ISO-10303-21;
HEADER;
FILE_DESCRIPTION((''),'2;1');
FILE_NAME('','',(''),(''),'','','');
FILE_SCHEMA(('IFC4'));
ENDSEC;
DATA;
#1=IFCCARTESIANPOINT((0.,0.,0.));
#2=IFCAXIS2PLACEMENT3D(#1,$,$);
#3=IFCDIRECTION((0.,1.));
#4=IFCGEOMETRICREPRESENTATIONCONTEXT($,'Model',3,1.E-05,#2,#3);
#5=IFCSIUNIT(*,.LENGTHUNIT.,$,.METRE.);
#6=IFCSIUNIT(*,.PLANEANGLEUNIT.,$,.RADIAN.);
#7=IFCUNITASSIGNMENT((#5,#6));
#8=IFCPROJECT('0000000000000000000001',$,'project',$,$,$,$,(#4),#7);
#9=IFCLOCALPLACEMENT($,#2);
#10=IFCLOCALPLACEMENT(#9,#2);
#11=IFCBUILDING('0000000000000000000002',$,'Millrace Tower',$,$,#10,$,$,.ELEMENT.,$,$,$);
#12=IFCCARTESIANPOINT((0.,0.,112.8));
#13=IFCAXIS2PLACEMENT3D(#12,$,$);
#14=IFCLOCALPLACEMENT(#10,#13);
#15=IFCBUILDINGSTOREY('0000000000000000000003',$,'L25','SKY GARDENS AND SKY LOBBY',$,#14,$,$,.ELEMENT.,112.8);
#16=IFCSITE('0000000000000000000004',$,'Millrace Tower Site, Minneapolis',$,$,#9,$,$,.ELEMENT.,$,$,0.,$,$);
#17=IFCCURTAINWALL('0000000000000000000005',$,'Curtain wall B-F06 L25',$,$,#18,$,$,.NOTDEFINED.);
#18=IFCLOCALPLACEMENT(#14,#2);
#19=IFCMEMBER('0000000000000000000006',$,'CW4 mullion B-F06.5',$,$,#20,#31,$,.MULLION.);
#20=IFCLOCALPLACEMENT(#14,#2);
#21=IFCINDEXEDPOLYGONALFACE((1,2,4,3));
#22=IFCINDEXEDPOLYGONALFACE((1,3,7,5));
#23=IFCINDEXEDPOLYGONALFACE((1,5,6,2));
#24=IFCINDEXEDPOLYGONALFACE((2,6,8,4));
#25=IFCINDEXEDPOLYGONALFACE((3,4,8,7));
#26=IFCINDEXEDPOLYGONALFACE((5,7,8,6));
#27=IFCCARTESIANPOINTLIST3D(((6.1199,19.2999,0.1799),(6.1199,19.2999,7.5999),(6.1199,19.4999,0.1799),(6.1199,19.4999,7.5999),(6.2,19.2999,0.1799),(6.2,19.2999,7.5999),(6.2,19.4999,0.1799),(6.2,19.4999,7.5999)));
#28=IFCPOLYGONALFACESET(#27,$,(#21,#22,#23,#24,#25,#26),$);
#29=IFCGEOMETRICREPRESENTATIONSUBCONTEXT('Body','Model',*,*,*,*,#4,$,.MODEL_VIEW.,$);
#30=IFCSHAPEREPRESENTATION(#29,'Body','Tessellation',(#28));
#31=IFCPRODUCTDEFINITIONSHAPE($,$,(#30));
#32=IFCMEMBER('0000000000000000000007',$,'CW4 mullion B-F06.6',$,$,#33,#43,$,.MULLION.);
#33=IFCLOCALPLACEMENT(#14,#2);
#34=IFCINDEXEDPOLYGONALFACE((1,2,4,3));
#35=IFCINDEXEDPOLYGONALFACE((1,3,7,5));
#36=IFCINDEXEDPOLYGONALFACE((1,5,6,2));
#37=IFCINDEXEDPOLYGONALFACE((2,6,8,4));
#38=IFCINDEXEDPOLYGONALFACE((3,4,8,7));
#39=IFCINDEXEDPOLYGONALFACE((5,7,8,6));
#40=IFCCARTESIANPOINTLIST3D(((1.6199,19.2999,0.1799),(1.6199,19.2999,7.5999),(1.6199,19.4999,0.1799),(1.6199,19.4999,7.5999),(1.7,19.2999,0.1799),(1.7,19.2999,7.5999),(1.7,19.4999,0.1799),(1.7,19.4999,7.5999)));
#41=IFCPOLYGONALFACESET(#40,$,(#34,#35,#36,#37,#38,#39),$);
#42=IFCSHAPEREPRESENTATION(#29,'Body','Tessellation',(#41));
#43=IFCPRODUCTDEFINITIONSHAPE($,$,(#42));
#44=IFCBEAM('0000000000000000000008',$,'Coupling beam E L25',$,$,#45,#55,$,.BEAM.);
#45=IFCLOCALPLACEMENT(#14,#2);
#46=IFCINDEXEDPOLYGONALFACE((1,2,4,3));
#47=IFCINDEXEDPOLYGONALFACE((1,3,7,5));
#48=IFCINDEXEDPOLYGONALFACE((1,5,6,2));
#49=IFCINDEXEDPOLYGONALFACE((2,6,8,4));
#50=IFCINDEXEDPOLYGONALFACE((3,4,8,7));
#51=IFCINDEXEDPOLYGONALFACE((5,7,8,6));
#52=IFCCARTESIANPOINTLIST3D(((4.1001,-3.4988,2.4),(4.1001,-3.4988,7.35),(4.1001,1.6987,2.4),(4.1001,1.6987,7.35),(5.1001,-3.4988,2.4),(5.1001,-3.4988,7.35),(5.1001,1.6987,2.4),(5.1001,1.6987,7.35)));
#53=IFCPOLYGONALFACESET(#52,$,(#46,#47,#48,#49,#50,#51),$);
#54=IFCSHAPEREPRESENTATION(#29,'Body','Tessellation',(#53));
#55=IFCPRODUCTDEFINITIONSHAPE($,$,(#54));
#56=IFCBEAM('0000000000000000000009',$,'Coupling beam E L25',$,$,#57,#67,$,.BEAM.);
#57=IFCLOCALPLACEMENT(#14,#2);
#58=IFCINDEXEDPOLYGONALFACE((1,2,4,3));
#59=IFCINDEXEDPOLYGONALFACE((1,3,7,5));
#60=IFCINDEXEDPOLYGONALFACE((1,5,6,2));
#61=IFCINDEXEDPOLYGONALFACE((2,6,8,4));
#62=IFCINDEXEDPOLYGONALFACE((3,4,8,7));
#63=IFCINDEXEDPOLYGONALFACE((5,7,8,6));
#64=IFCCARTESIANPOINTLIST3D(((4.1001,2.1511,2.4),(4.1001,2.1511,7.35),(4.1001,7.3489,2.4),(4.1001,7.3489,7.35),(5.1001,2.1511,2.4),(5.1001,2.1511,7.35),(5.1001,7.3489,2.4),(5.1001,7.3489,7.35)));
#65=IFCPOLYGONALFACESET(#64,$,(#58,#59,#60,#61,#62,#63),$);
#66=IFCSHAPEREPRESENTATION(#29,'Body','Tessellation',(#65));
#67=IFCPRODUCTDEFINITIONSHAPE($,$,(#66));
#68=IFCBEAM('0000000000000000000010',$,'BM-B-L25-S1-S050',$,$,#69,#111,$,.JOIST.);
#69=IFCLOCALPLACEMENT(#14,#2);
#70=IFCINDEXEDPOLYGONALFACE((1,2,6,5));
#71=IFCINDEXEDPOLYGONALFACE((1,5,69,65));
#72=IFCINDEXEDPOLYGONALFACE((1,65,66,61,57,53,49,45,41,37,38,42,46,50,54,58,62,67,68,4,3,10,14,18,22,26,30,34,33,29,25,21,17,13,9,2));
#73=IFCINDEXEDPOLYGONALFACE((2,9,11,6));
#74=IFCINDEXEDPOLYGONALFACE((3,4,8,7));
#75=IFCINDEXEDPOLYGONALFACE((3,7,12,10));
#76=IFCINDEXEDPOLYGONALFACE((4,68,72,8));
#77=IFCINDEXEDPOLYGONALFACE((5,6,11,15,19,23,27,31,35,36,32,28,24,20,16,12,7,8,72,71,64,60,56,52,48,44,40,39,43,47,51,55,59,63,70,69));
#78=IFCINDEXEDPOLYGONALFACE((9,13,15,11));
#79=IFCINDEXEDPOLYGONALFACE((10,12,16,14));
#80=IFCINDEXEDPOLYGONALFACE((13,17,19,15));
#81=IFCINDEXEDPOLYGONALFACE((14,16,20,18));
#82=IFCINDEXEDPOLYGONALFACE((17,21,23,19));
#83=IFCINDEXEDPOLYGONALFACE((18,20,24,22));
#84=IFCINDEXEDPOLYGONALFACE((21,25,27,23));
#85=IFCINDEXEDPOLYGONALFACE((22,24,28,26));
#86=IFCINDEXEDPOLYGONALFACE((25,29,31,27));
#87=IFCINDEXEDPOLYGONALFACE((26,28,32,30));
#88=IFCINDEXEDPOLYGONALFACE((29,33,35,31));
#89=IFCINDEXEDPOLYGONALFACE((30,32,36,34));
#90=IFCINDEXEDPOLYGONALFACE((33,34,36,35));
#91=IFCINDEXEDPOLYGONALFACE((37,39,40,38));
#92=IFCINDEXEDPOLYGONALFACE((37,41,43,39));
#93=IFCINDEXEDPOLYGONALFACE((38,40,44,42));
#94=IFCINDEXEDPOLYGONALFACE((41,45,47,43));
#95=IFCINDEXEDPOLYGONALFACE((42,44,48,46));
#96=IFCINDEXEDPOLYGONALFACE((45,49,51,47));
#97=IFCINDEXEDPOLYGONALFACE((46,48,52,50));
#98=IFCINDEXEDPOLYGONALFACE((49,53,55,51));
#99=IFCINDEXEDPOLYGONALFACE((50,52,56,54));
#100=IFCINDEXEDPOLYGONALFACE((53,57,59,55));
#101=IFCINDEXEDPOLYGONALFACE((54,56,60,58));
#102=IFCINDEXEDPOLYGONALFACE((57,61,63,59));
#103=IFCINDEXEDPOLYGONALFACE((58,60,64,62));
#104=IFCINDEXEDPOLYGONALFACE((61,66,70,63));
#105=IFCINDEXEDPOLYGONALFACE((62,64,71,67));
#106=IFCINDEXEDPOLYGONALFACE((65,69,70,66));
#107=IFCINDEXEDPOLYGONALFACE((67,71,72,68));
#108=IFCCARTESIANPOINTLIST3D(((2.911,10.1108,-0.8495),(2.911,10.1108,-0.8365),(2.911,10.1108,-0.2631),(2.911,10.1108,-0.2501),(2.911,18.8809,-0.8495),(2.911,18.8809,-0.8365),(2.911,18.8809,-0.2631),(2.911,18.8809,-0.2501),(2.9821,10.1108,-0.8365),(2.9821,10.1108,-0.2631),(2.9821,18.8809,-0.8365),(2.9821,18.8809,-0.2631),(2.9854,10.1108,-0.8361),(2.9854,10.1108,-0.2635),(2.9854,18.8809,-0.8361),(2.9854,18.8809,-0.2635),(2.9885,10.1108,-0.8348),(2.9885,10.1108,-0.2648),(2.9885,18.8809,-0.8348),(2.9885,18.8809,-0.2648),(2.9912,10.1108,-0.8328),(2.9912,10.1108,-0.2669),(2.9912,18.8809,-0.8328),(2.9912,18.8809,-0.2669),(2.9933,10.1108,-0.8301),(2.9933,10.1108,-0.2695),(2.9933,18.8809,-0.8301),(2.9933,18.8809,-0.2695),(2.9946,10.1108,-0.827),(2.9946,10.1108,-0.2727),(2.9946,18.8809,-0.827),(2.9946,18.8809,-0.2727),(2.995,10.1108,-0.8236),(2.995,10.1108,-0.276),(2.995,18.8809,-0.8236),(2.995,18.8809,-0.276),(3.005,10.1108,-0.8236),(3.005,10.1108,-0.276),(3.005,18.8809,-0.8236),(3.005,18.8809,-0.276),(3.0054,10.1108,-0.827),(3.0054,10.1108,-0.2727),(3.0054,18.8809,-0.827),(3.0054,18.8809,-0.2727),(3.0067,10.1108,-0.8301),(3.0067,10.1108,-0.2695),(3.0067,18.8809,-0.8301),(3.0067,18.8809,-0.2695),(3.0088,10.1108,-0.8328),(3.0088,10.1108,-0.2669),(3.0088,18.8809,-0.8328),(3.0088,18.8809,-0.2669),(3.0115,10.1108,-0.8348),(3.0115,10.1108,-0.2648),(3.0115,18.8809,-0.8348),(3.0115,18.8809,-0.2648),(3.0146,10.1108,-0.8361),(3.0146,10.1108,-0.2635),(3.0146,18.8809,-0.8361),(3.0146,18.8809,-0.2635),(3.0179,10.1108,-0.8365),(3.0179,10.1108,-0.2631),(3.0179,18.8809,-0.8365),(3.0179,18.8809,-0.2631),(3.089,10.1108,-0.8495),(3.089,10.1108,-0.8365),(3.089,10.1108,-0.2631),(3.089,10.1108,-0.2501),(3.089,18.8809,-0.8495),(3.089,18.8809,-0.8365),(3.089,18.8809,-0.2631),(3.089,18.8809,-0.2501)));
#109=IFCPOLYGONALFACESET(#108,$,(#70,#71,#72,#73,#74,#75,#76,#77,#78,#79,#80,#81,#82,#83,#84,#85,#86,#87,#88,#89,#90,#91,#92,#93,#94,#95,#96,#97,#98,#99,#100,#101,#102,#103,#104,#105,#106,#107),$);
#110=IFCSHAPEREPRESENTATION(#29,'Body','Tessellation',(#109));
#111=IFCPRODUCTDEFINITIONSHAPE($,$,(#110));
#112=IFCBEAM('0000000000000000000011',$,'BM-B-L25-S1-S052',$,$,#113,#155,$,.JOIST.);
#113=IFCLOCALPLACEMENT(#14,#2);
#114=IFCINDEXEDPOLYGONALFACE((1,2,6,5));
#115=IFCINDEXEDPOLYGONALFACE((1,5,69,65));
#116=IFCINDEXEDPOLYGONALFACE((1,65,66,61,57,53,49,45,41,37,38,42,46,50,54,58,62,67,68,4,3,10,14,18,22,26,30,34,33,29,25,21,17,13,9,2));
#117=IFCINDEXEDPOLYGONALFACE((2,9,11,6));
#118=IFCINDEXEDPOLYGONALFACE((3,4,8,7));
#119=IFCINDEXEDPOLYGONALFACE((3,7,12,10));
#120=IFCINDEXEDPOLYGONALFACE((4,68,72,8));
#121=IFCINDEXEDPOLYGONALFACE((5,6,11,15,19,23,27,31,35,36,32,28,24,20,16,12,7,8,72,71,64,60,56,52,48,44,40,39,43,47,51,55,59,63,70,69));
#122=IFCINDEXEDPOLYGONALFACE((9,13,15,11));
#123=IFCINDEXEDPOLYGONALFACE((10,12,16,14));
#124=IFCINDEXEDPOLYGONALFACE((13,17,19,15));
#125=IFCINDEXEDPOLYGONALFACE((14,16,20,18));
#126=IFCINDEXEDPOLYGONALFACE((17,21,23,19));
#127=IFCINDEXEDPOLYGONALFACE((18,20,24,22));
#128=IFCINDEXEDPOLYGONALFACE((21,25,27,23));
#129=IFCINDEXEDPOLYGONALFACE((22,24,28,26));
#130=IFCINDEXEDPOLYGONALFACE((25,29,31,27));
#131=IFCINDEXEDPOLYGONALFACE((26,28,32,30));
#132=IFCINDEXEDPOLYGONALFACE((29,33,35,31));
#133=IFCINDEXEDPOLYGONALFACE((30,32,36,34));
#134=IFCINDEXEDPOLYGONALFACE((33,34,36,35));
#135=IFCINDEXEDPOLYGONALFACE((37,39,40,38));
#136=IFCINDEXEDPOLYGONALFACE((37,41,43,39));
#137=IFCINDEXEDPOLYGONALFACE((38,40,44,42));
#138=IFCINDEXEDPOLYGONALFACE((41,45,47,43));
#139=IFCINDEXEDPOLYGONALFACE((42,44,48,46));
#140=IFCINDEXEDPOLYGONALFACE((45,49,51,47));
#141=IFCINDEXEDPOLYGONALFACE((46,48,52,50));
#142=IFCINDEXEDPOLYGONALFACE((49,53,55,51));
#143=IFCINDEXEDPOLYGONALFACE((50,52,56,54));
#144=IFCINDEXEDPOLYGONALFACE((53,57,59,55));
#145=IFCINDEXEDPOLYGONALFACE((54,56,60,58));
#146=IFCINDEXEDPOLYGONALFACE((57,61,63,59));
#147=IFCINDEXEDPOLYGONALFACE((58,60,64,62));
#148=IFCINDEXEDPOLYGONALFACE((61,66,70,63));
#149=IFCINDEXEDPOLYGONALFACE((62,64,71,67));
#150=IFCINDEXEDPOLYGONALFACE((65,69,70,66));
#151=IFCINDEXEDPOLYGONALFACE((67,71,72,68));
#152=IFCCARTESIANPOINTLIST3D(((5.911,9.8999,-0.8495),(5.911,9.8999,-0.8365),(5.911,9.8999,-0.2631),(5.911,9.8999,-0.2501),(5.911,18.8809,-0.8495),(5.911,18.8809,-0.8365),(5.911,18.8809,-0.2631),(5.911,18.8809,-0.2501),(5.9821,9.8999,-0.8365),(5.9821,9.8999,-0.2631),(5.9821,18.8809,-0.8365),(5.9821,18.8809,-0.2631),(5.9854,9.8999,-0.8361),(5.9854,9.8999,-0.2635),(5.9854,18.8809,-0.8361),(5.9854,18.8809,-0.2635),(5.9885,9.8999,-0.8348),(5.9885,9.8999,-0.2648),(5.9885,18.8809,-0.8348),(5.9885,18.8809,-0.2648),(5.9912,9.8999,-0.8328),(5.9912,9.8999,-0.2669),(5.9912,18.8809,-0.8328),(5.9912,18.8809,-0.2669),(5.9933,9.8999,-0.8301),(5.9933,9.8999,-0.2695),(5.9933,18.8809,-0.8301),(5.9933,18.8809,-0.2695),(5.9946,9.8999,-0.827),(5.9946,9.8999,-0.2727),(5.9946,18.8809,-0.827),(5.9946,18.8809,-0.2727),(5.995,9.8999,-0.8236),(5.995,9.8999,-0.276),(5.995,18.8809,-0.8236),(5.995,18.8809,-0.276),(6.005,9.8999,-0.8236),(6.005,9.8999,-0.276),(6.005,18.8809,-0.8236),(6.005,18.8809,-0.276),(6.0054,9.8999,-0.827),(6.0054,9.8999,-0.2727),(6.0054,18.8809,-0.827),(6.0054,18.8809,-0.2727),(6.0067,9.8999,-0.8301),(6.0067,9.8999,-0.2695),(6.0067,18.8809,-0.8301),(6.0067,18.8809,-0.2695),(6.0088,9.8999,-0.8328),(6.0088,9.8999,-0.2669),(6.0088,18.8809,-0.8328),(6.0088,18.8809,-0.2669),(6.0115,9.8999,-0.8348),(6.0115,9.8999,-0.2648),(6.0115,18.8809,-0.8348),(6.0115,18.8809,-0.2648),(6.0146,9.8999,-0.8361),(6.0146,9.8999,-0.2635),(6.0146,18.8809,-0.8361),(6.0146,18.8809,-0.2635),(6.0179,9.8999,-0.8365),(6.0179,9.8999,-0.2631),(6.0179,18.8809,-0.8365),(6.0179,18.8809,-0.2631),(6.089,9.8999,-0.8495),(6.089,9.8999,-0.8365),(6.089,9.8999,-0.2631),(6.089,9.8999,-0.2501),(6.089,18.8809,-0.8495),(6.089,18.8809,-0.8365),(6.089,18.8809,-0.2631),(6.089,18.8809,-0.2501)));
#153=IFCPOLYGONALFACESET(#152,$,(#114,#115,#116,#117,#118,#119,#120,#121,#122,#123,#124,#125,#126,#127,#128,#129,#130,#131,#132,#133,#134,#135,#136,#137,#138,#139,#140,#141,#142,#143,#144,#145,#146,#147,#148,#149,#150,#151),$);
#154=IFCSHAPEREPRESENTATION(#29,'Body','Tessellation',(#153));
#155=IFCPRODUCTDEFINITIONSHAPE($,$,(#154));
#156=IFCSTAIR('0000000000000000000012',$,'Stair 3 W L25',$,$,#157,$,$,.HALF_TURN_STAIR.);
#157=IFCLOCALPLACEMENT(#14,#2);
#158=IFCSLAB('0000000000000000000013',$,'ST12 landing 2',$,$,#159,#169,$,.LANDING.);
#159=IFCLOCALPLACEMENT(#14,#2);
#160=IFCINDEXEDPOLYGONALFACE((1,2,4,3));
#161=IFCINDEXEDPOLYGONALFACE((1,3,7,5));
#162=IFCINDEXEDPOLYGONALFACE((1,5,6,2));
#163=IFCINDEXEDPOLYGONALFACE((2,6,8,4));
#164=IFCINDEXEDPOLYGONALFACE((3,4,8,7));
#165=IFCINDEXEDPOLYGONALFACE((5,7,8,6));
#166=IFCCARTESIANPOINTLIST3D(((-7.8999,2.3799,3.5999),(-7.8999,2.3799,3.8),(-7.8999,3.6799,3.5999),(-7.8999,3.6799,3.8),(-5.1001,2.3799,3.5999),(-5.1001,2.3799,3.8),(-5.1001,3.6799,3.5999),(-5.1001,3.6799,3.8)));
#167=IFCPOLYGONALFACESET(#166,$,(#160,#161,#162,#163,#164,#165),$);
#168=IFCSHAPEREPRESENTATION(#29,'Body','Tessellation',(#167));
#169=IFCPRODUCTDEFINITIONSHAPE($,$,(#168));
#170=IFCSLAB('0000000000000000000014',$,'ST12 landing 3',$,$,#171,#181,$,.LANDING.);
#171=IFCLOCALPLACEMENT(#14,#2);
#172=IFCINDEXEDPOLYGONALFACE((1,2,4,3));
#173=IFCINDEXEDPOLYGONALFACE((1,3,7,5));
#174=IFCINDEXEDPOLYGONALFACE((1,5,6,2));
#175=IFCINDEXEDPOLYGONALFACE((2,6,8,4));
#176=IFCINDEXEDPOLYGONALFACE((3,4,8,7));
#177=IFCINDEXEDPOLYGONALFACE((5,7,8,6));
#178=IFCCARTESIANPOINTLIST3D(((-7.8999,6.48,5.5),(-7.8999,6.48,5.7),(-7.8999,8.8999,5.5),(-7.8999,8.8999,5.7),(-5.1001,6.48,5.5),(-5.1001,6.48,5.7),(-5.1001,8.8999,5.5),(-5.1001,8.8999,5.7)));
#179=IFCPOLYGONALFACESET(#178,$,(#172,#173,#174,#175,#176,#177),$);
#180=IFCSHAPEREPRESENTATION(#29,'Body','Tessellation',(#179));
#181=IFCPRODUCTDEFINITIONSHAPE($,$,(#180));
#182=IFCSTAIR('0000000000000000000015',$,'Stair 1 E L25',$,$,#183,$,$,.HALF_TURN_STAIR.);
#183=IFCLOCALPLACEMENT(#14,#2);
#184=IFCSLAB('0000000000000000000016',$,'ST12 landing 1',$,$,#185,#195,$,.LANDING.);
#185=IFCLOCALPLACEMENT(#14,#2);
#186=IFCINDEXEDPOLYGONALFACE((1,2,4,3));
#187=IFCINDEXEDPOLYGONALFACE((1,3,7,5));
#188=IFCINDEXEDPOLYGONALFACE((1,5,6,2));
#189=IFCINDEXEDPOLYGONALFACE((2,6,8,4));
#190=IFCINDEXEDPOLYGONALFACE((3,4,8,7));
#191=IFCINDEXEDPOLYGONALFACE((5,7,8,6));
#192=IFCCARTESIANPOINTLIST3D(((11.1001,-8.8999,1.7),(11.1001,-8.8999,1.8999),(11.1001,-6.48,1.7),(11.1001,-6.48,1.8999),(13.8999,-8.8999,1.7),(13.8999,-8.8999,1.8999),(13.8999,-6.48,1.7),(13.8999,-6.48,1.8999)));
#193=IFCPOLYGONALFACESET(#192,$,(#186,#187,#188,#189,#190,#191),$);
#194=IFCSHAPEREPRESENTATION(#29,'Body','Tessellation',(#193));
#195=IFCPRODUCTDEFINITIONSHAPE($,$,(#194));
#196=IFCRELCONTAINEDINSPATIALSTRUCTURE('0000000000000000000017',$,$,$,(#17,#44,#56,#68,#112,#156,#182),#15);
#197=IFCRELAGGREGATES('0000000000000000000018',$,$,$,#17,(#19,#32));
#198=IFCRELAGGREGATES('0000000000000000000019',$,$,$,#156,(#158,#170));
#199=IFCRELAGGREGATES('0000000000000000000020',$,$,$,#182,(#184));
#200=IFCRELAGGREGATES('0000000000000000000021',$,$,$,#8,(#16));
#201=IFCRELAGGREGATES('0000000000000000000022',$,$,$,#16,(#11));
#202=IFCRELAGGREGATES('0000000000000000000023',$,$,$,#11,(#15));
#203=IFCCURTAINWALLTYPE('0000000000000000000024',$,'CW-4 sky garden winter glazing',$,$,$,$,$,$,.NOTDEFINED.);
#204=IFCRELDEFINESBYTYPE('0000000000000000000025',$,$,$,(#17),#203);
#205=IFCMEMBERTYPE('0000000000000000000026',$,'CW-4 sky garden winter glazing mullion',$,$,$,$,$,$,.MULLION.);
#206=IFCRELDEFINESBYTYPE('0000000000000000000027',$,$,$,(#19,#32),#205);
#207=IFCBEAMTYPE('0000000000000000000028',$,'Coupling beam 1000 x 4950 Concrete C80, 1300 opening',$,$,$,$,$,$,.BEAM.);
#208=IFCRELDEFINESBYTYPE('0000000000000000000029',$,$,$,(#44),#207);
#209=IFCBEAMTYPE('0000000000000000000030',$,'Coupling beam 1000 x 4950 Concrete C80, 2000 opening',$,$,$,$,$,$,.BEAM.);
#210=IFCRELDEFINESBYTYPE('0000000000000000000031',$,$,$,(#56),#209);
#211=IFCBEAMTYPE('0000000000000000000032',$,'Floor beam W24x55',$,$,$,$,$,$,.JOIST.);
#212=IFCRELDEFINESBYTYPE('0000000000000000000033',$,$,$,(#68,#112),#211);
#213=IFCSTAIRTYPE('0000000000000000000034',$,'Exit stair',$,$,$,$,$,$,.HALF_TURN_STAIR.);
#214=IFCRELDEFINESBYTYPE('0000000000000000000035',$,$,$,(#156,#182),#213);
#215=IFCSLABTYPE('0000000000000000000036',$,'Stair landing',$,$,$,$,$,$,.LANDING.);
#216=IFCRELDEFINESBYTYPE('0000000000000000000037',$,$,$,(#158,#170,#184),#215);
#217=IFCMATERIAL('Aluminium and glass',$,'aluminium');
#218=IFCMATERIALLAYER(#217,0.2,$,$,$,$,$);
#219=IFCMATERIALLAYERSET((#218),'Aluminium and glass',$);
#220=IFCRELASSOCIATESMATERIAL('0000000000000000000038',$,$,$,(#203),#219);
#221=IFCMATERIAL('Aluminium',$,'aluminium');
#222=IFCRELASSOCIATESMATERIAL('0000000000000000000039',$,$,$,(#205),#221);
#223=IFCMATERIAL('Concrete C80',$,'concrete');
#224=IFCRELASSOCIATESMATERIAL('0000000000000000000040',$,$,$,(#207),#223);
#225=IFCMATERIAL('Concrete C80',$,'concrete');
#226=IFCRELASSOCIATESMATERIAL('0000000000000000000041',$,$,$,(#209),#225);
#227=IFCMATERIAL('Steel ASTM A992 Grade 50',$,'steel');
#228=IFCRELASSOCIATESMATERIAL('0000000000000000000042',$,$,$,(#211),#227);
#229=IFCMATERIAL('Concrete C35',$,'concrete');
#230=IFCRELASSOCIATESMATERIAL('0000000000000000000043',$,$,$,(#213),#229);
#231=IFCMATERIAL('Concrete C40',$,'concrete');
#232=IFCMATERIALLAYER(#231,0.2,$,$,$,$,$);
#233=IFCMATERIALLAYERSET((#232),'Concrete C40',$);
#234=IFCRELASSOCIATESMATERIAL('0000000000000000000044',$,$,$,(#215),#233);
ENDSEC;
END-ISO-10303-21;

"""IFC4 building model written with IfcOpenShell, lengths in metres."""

from ifc_helpers import new_model, si_unit, direction, frame, origin, origin_2d, place, context, subcontext, project, spatial, polyline, rectangle, i_section, outline, extrude, material, layer, layer_set, material_profile, profile_set, type_object, element, aggregate, save


model = new_model("IFC4")

# Units and contexts
model_context = context("Model", 3, precision=1e-05, world=origin(), true_north=direction((0.0, 1.0)))
body_context = subcontext(model_context, "Body", "Model", "MODEL_VIEW")
ifc_project = project(units=[si_unit("LENGTHUNIT", "METRE"), si_unit("PLANEANGLEUNIT", "RADIAN")], contexts=[model_context])

# Site, building, storey
site_placement = place(None, origin())
site = spatial("IfcSite", under=ifc_project, at=site_placement, Name="Millrace Tower Site, Minneapolis", CompositionType="ELEMENT", RefElevation=0.0)
building_placement = place(site_placement, origin())
building = spatial("IfcBuilding", under=site, at=building_placement, Name="Millrace Tower", CompositionType="ELEMENT")
storey_placement = place(building_placement, frame((0.0, 0.0, 112.8)))
storey = spatial("IfcBuildingStorey", under=building, at=storey_placement, Name="L25", Description="SKY GARDENS AND SKY LOBBY", CompositionType="ELEMENT", Elevation=112.8)

# Curtain wall, members
ifc_material_1 = material(Name="Aluminium and glass", Category="aluminium")
ifc_layer_1 = layer(ifc_material_1, 0.2)
ifc_layer_set_1 = layer_set([ifc_layer_1], Name="Aluminium and glass")
curtain_wall_type = type_object("IfcCurtainWallType", Name="CW-4 sky garden winter glazing", PredefinedType="NOTDEFINED", material=ifc_layer_set_1)
placement_1 = place(storey_placement, origin())
curtain_wall = element("IfcCurtainWall", 1, at=placement_1, inside=storey, type_object=curtain_wall_type, Name="Curtain wall B-F06 L25", PredefinedType="NOTDEFINED")
ifc_material_2 = material(Name="Aluminium", Category="aluminium")
ifc_material_profile_1 = material_profile(ifc_material_2, rectangle(XDim=0.0801, YDim=0.2, at=origin_2d()))
ifc_profile_set_1 = profile_set([ifc_material_profile_1], Name="Aluminium")
member_type = type_object("IfcMemberType", Name="CW-4 sky garden winter glazing mullion", PredefinedType="MULLION", material=ifc_profile_set_1)
member_1_placement = place(storey_placement, frame((6.1599, 19.3999, 0.1799), z_axis=(0.0, 0.0, 1.0), x_axis=(-1.0, 0.0, 0.0)))
member_1 = element("IfcMember", 2, at=member_1_placement, type_object=member_type, Name="CW4 mullion B-F06.5", PredefinedType="MULLION", context=body_context, shape_type="SweptSolid", body=[
    extrude(rectangle(XDim=0.0801, YDim=0.2, at=origin_2d()), origin(), (0.0, 0.0, 1.0), 7.4199),
])
member_2_placement = place(storey_placement, frame((1.6599, 19.3999, 0.1799), z_axis=(0.0, 0.0, 1.0), x_axis=(-1.0, 0.0, 0.0)))
member_2 = element("IfcMember", 3, at=member_2_placement, type_object=member_type, Name="CW4 mullion B-F06.6", PredefinedType="MULLION", context=body_context, shape_type="SweptSolid", body=[
    extrude(rectangle(XDim=0.0801, YDim=0.2, at=origin_2d()), origin(), (0.0, 0.0, 1.0), 7.4199),
])
aggregate(curtain_wall, [member_1, member_2])

# Beams
ifc_material_3 = material(Name="Concrete C80", Category="concrete")
ifc_material_profile_2 = material_profile(ifc_material_3, rectangle(XDim=1.0, YDim=4.95, at=origin_2d()))
ifc_profile_set_2 = profile_set([ifc_material_profile_2], Name="Concrete C80")
beam_type_1 = type_object("IfcBeamType", Name="Coupling beam 1000 x 4950 Concrete C80, 1300 opening", PredefinedType="BEAM", material=ifc_profile_set_2)
beam_1_placement = place(storey_placement, frame((4.6001, 1.6987, 4.875), z_axis=(0.0, -1.0, 0.0), x_axis=(1.0, 0.0, 0.0)))
element("IfcBeam", 4, at=beam_1_placement, inside=storey, type_object=beam_type_1, Name="Coupling beam E L25", PredefinedType="BEAM", context=body_context, shape_type="SweptSolid", body=[
    extrude(rectangle(XDim=1.0, YDim=4.95, at=origin_2d()), origin(), (0.0, 0.0, 1.0), 5.1975),
])
ifc_material_4 = material(Name="Concrete C80", Category="concrete")
ifc_material_profile_3 = material_profile(ifc_material_4, rectangle(XDim=1.0, YDim=4.95, at=origin_2d()))
ifc_profile_set_3 = profile_set([ifc_material_profile_3], Name="Concrete C80")
beam_type_2 = type_object("IfcBeamType", Name="Coupling beam 1000 x 4950 Concrete C80, 2000 opening", PredefinedType="BEAM", material=ifc_profile_set_3)
beam_2_placement = place(storey_placement, frame((4.6001, 7.3489, 4.875), z_axis=(0.0, -1.0, 0.0), x_axis=(1.0, 0.0, 0.0)))
element("IfcBeam", 5, at=beam_2_placement, inside=storey, type_object=beam_type_2, Name="Coupling beam E L25", PredefinedType="BEAM", context=body_context, shape_type="SweptSolid", body=[
    extrude(rectangle(XDim=1.0, YDim=4.95, at=origin_2d()), origin(), (0.0, 0.0, 1.0), 5.1978),
])
ifc_material_5 = material(Name="Steel ASTM A992 Grade 50", Category="steel")
ifc_material_profile_4 = material_profile(ifc_material_5, i_section(OverallWidth=0.178, OverallDepth=0.5994, WebThickness=0.01, FlangeThickness=0.0129, FilletRadius=0.0129, at=origin_2d()))
ifc_profile_set_4 = profile_set([ifc_material_profile_4], Name="Steel ASTM A992 Grade 50")
beam_type_3 = type_object("IfcBeamType", Name="Floor beam W24x55", PredefinedType="JOIST", material=ifc_profile_set_4)
beam_3_placement = place(storey_placement, frame((3.0, 10.1108, -0.5498), z_axis=(0.0, 1.0, 0.0), x_axis=(-1.0, 0.0, 0.0)))
element("IfcBeam", 6, at=beam_3_placement, inside=storey, type_object=beam_type_3, Name="BM-B-L25-S1-S050", PredefinedType="JOIST", context=body_context, shape_type="SweptSolid", body=[
    extrude(i_section(OverallWidth=0.178, OverallDepth=0.5994, WebThickness=0.01, FlangeThickness=0.0129, FilletRadius=0.0129, at=origin_2d()), origin(), (0.0, 0.0, 1.0), 8.77),
])
beam_4_placement = place(storey_placement, frame((6.0, 9.8999, -0.5498), z_axis=(0.0, 1.0, 0.0), x_axis=(-1.0, 0.0, 0.0)))
element("IfcBeam", 7, at=beam_4_placement, inside=storey, type_object=beam_type_3, Name="BM-B-L25-S1-S052", PredefinedType="JOIST", context=body_context, shape_type="SweptSolid", body=[
    extrude(i_section(OverallWidth=0.178, OverallDepth=0.5994, WebThickness=0.01, FlangeThickness=0.0129, FilletRadius=0.0129, at=origin_2d()), origin(), (0.0, 0.0, 1.0), 8.981),
])

# Stairs, slabs
ifc_material_6 = material(Name="Concrete C35", Category="concrete")
stair_type = type_object("IfcStairType", Name="Exit stair", PredefinedType="HALF_TURN_STAIR", material=ifc_material_6)
stair_1 = element("IfcStair", 8, at=placement_1, inside=storey, type_object=stair_type, Name="Stair 3 W L25", PredefinedType="HALF_TURN_STAIR")
ifc_material_7 = material(Name="Concrete C40", Category="concrete")
ifc_layer_2 = layer(ifc_material_7, 0.2)
ifc_layer_set_2 = layer_set([ifc_layer_2], Name="Concrete C40")
slab_type = type_object("IfcSlabType", Name="Stair landing", PredefinedType="LANDING", material=ifc_layer_set_2)
placement_2 = place(storey_placement, frame((0.0, 0.0, 3.5999)))
slab_1 = element("IfcSlab", 9, at=placement_2, type_object=slab_type, Name="ST12 landing 2", PredefinedType="LANDING", context=body_context, shape_type="SweptSolid", body=[
    extrude(outline(polyline([(-7.8999, 2.3799), (-5.1001, 2.3799), (-5.1001, 3.6799), (-7.8999, 3.6799), (-7.8999, 2.3799)])), origin(), (0.0, 0.0, 1.0), 0.2002),
])
placement_3 = place(storey_placement, frame((0.0, 0.0, 5.5)))
slab_2 = element("IfcSlab", 10, at=placement_3, type_object=slab_type, Name="ST12 landing 3", PredefinedType="LANDING", context=body_context, shape_type="SweptSolid", body=[
    extrude(outline(polyline([(-7.8999, 6.48), (-5.1001, 6.48), (-5.1001, 8.8999), (-7.8999, 8.8999), (-7.8999, 6.48)])), origin(), (0.0, 0.0, 1.0), 0.2),
])
aggregate(stair_1, [slab_1, slab_2])
stair_2 = element("IfcStair", 11, at=placement_1, inside=storey, type_object=stair_type, Name="Stair 1 E L25", PredefinedType="HALF_TURN_STAIR")
placement_4 = place(storey_placement, frame((0.0, 0.0, 1.7)))
slab_3 = element("IfcSlab", 12, at=placement_4, type_object=slab_type, Name="ST12 landing 1", PredefinedType="LANDING", context=body_context, shape_type="SweptSolid", body=[
    extrude(outline(polyline([(11.1001, -8.8999), (13.8999, -8.8999), (13.8999, -6.48), (11.1001, -6.48), (11.1001, -8.8999)])), origin(), (0.0, 0.0, 1.0), 0.2),
])
aggregate(stair_2, [slab_3])

save(model, "model.ifc")
